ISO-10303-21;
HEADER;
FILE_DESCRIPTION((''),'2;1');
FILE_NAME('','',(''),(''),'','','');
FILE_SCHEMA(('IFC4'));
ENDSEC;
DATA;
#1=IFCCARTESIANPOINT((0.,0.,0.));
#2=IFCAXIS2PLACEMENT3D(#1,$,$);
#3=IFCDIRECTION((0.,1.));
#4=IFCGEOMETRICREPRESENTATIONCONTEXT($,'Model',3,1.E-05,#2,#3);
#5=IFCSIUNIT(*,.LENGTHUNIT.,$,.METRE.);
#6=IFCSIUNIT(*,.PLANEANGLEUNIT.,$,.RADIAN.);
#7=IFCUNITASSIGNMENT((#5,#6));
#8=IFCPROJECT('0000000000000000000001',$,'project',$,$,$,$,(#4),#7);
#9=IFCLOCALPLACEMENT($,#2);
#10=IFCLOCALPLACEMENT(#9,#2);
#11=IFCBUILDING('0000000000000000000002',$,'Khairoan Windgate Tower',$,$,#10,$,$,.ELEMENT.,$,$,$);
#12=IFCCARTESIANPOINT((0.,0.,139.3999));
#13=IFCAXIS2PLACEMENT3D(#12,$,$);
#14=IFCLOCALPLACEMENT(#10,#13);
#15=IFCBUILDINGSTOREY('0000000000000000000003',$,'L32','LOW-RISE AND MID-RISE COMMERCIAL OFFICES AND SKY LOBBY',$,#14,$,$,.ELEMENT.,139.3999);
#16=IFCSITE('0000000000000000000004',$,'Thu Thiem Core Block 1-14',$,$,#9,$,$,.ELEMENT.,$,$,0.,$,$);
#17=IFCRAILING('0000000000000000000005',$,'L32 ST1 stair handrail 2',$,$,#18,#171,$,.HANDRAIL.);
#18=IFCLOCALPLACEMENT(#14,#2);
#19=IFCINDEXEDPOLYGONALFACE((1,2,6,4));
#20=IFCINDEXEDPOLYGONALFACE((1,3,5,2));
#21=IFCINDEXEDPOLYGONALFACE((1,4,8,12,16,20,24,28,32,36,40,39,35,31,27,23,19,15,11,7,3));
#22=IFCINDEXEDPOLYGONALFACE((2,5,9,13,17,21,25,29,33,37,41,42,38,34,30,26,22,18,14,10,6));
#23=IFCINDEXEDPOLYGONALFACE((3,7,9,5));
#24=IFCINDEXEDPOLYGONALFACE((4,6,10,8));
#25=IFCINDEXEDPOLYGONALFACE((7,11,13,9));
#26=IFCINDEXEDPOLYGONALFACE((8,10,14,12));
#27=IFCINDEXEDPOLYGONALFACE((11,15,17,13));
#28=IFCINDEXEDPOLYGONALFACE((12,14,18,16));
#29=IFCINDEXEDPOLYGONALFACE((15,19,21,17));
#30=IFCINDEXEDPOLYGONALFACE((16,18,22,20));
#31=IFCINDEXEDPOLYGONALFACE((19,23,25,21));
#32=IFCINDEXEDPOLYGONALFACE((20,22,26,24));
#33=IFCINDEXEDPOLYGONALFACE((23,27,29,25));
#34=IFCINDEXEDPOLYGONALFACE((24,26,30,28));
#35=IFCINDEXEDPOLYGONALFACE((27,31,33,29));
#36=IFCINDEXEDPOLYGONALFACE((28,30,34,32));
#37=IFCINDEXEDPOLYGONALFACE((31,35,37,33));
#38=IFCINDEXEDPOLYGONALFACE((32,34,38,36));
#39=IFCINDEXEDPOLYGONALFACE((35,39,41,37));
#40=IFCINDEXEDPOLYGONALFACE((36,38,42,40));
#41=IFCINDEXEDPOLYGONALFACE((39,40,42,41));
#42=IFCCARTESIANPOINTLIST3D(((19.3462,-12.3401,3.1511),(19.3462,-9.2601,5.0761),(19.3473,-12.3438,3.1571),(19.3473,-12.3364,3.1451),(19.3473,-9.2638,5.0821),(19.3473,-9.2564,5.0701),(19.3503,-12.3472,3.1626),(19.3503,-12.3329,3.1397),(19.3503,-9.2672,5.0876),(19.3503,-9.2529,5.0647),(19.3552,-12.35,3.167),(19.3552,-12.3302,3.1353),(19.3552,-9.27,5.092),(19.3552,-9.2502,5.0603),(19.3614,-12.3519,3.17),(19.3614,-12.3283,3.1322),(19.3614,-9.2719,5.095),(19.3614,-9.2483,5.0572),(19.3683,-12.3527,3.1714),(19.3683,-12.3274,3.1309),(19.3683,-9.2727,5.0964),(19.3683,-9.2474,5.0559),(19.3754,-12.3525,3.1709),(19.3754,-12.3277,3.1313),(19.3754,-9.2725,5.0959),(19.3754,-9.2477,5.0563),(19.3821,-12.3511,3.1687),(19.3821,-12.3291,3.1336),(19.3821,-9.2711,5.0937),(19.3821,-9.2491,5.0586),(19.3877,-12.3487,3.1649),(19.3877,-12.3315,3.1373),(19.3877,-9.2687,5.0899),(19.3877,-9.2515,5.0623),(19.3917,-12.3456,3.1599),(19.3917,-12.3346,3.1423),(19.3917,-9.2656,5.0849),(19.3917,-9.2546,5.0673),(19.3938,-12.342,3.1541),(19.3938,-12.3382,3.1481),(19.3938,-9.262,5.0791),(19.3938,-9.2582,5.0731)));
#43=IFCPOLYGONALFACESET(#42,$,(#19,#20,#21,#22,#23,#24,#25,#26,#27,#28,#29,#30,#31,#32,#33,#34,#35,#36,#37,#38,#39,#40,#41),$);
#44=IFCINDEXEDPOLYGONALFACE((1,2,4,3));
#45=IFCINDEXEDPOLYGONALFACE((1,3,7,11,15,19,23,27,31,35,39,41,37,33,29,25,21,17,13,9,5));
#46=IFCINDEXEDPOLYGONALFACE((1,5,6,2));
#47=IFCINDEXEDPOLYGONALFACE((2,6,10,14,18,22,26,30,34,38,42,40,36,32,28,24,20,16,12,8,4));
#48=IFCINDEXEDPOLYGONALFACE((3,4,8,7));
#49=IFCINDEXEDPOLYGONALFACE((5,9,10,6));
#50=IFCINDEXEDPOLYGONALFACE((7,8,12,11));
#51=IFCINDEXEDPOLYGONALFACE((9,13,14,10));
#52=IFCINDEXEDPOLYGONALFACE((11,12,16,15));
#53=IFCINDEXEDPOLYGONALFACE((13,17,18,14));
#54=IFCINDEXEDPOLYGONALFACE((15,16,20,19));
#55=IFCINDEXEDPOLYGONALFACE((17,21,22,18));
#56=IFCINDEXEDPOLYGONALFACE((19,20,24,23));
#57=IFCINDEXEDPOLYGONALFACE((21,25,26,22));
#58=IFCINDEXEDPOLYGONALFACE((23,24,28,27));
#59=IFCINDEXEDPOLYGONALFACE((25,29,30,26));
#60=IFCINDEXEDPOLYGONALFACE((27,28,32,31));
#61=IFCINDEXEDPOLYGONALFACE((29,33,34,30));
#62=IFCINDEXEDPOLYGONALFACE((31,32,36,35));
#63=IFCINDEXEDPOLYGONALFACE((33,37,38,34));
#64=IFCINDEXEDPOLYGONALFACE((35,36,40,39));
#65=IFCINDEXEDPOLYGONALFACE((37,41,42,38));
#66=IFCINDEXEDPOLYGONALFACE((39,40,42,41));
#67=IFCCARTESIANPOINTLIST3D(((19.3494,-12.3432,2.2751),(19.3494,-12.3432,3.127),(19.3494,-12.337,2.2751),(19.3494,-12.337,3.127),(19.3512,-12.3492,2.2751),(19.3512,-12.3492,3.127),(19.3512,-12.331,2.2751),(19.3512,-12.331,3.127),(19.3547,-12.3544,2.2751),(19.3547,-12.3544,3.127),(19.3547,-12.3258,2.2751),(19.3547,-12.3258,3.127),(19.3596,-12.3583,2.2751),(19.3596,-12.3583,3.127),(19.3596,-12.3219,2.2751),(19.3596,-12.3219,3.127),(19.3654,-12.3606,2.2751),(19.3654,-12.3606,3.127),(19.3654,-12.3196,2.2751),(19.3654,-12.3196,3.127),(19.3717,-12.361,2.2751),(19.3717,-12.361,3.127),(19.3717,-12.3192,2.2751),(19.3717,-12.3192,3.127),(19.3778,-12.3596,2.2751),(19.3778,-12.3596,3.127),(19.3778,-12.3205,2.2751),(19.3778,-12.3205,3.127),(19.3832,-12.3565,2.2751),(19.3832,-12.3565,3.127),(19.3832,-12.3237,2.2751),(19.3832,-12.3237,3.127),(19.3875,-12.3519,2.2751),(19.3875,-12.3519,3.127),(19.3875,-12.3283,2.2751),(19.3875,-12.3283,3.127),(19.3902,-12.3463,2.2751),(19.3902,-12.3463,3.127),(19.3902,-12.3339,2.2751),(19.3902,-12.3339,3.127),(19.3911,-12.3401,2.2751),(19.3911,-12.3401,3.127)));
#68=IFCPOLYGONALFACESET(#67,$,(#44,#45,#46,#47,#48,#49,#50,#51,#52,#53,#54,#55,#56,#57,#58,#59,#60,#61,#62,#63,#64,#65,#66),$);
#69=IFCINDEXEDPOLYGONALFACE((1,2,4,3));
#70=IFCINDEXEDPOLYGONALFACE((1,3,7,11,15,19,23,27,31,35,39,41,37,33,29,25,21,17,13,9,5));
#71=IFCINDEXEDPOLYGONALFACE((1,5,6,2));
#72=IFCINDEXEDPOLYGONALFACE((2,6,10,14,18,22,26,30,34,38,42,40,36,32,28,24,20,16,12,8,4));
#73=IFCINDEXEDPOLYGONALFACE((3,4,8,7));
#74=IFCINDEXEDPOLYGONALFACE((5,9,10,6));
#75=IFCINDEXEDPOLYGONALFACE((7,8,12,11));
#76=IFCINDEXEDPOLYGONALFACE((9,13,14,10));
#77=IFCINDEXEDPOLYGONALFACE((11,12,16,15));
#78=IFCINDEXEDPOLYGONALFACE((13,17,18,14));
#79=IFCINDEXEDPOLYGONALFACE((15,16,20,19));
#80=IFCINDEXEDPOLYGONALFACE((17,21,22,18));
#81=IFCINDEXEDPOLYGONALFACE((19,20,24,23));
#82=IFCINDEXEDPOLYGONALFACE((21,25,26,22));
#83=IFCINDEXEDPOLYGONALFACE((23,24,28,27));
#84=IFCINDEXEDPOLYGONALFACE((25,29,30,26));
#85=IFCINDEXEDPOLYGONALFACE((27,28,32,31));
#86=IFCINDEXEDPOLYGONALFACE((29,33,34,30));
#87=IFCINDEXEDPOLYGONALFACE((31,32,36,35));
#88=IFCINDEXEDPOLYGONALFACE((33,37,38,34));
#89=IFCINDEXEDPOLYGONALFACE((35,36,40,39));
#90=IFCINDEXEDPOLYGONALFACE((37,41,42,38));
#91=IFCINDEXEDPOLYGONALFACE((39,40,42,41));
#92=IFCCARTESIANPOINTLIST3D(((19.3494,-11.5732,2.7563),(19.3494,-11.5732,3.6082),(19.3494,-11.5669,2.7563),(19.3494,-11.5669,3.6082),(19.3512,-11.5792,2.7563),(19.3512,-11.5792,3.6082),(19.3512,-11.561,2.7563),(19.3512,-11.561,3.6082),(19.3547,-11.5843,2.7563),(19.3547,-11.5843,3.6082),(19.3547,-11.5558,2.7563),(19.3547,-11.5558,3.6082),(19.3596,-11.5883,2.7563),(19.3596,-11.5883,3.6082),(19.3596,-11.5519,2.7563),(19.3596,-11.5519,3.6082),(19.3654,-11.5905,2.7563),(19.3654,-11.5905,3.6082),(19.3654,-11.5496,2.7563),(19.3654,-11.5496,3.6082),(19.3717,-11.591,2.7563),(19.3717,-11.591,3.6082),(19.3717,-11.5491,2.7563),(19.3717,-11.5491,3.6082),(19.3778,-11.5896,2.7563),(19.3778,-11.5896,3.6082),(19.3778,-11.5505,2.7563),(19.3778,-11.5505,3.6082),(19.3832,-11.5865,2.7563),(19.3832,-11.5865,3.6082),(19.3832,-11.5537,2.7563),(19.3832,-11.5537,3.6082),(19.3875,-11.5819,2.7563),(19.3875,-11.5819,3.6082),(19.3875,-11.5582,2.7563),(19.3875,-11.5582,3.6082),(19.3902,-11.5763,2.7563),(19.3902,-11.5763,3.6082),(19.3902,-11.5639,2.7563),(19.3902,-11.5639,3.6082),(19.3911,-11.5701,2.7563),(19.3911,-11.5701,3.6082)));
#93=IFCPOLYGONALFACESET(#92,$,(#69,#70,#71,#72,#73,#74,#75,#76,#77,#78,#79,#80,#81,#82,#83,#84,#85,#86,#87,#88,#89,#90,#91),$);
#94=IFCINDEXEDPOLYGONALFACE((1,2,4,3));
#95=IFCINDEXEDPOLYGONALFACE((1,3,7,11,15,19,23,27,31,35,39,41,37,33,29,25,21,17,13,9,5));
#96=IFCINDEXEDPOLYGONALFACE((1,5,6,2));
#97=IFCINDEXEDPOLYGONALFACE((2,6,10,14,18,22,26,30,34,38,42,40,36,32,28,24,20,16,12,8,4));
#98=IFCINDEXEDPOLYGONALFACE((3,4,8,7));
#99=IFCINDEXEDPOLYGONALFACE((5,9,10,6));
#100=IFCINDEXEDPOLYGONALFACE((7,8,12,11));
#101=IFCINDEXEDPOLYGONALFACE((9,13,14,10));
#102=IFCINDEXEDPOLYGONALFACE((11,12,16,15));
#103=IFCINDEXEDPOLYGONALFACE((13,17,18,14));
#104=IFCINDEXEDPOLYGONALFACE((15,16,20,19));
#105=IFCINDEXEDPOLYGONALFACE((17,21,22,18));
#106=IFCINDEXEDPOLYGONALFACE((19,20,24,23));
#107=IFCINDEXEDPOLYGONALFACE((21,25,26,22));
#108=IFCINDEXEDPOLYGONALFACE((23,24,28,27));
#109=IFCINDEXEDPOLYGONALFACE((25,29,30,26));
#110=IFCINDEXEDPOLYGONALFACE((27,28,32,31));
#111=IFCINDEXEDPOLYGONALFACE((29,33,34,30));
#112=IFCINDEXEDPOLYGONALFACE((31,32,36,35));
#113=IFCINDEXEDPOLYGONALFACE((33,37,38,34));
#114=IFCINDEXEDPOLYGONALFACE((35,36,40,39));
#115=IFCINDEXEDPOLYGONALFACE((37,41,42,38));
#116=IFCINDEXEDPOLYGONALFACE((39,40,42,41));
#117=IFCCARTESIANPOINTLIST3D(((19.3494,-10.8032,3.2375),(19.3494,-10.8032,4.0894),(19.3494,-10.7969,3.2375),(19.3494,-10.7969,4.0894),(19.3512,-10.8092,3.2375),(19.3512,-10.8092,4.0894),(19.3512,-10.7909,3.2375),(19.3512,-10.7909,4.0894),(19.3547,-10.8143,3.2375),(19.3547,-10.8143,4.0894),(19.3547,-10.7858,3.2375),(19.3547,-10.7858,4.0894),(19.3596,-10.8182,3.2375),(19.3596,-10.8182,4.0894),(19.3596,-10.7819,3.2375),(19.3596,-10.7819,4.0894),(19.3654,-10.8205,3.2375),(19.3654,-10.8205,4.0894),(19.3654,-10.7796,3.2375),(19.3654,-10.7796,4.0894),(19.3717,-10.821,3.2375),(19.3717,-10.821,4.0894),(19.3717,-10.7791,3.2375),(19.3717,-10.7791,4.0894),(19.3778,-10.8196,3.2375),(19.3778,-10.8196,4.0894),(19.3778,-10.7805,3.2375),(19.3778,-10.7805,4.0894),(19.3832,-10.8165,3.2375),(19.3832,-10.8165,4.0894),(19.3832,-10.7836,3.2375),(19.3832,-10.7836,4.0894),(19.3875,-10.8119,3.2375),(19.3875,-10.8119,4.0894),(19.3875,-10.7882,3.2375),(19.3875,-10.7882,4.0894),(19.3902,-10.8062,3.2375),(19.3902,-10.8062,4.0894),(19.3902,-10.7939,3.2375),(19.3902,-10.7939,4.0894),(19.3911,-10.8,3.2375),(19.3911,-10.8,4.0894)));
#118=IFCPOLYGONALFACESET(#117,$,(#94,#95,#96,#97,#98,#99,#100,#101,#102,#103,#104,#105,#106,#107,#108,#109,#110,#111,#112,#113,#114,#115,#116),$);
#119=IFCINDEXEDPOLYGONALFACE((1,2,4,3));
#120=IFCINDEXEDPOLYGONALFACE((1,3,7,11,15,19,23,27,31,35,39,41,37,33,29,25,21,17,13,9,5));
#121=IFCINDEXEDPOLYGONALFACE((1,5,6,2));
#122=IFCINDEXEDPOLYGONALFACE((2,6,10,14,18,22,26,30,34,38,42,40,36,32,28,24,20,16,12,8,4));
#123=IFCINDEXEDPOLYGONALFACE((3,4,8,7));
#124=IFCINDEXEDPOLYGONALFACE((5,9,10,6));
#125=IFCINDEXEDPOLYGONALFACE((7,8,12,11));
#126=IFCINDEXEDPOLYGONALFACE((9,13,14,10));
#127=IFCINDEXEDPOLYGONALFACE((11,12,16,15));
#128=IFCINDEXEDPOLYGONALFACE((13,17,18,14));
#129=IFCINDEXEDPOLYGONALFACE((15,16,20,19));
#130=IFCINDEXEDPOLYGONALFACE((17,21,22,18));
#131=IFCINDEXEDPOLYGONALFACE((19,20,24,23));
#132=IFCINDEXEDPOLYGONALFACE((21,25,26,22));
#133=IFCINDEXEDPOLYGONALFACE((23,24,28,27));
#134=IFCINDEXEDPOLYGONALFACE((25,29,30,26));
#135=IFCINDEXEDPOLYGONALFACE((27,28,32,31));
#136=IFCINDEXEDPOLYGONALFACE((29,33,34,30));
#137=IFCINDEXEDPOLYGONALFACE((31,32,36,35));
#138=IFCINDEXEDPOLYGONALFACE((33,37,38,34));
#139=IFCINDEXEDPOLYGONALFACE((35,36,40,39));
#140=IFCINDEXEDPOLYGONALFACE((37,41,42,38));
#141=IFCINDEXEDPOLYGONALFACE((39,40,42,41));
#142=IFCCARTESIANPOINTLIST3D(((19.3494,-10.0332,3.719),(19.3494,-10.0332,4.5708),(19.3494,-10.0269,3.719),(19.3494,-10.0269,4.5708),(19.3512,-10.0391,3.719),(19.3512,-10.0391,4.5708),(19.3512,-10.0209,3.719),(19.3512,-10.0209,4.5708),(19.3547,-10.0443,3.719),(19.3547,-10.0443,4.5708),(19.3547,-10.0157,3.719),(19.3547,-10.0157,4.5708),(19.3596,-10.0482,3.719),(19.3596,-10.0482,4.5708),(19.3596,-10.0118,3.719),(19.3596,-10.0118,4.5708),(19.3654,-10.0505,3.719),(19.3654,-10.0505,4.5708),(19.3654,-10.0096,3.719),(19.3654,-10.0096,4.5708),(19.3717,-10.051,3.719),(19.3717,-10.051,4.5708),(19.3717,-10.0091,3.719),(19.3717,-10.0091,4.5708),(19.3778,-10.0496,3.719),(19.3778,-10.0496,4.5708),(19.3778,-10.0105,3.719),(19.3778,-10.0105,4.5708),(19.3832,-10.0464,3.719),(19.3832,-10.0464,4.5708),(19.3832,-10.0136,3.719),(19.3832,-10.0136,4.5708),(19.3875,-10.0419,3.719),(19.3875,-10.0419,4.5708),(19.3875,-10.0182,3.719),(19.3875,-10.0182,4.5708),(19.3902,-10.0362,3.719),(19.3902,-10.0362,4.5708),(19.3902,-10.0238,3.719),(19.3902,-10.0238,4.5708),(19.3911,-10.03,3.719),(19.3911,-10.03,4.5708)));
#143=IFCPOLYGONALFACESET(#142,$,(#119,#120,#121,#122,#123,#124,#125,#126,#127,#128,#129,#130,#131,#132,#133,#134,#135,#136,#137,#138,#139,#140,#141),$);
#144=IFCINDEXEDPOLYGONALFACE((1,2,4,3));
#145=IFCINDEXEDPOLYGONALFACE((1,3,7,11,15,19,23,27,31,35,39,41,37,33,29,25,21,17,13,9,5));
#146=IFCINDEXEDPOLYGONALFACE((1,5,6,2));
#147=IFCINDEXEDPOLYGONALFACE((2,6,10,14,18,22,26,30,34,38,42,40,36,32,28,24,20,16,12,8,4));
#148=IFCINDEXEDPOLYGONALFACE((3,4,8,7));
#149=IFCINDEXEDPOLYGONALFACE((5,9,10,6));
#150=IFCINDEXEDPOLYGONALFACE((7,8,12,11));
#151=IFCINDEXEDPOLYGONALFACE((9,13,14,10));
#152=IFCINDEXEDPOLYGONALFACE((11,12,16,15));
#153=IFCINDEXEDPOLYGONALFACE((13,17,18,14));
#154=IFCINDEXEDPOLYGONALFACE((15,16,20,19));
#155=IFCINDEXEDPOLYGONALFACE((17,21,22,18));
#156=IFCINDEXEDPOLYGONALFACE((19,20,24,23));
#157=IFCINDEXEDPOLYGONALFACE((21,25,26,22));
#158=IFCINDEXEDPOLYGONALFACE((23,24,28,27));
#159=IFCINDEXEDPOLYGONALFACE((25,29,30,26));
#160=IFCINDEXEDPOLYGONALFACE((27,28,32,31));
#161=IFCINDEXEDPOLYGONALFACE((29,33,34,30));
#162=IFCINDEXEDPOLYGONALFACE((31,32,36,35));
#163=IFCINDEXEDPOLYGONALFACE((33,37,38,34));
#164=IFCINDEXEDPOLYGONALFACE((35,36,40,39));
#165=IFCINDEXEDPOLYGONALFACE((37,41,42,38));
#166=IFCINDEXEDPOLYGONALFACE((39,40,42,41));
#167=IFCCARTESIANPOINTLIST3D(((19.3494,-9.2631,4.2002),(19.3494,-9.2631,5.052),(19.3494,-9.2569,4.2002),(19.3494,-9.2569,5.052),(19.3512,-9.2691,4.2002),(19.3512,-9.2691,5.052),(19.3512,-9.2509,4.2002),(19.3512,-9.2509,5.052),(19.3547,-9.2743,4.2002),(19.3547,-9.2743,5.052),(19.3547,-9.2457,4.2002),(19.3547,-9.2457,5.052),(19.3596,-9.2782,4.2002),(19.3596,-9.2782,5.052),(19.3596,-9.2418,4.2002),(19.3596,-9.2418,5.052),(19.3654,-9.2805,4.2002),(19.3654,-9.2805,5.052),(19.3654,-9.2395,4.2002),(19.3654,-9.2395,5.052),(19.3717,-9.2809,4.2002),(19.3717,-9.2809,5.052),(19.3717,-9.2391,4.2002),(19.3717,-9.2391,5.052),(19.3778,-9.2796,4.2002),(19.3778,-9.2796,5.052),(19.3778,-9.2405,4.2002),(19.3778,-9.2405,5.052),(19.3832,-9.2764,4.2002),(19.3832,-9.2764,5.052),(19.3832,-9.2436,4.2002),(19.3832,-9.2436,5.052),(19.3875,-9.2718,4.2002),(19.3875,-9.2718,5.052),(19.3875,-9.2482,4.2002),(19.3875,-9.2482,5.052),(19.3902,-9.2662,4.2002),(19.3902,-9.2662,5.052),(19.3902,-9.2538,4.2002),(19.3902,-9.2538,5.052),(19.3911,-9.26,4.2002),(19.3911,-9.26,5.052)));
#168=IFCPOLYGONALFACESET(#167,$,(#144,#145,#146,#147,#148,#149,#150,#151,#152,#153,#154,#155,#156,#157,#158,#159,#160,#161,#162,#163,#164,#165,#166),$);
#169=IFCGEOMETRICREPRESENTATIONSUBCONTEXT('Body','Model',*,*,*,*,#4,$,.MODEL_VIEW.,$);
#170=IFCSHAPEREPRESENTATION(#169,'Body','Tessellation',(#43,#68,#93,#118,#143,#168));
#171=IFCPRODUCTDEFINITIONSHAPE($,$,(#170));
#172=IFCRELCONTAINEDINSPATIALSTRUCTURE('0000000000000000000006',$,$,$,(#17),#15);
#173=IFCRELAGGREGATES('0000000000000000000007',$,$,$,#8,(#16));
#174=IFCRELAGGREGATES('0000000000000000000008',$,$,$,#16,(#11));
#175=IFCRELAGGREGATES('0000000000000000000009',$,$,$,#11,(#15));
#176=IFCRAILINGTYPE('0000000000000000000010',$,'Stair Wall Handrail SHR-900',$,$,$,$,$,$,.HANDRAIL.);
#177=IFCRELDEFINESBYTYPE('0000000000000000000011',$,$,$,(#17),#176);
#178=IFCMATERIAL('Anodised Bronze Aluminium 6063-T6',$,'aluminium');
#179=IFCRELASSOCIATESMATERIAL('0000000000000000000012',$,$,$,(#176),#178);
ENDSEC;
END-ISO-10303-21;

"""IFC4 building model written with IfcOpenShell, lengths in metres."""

from ifc_helpers import new_model, si_unit, direction, frame, origin, origin_2d, place, context, subcontext, project, spatial, circle, extrude, material, type_object, element, save


model = new_model("IFC4")

# Units and contexts
model_context = context("Model", 3, precision=1e-05, world=origin(), true_north=direction((0.0, 1.0)))
body_context = subcontext(model_context, "Body", "Model", "MODEL_VIEW")
ifc_project = project(units=[si_unit("LENGTHUNIT", "METRE"), si_unit("PLANEANGLEUNIT", "RADIAN")], contexts=[model_context])

# Site, building, storey
site_placement = place(None, origin())
site = spatial("IfcSite", under=ifc_project, at=site_placement, Name="Thu Thiem Core Block 1-14", CompositionType="ELEMENT", RefElevation=0.0)
building_placement = place(site_placement, origin())
building = spatial("IfcBuilding", under=site, at=building_placement, Name="Khairoan Windgate Tower", CompositionType="ELEMENT")
storey_placement = place(building_placement, frame((0.0, 0.0, 139.3999)))
storey = spatial("IfcBuildingStorey", under=building, at=storey_placement, Name="L32", Description="LOW-RISE AND MID-RISE COMMERCIAL OFFICES AND SKY LOBBY", CompositionType="ELEMENT", Elevation=139.3999)

# Railing
ifc_material_1 = material(Name="Anodised Bronze Aluminium 6063-T6", Category="aluminium")
railing_type_1 = type_object("IfcRailingType", Name="Stair Wall Handrail SHR-900", PredefinedType="HANDRAIL", material=ifc_material_1)
railing_1_placement = place(storey_placement, frame((19.3701, -12.3401, 2.2751)))
element("IfcRailing", 1, at=railing_1_placement, inside=storey, type_object=railing_type_1, Name="L32 ST1 stair handrail 2", PredefinedType="HANDRAIL", context=body_context, shape_type="SweptSolid", body=[
    extrude(circle(Radius=0.0239, at=origin_2d()), frame((0.0, 0.0, 0.876), z_axis=(0.0, 0.847998, 0.529999), x_axis=(-1.0, 0.0, 0.0)), (0.0, 0.0, 1.0), 3.6321),
    extrude(circle(Radius=0.021, at=origin_2d()), origin(), (0.0, 0.0, 1.0), 0.8518),
    extrude(circle(Radius=0.021, at=origin_2d()), frame((0.0, 0.77, 0.4812)), (0.0, 0.0, 1.0), 0.8518),
    extrude(circle(Radius=0.021, at=origin_2d()), frame((0.0, 1.54, 0.9624)), (0.0, 0.0, 1.0), 0.8518),
    extrude(circle(Radius=0.021, at=origin_2d()), frame((0.0, 2.3101, 1.4438)), (0.0, 0.0, 1.0), 0.8518),
    extrude(circle(Radius=0.021, at=origin_2d()), frame((0.0, 3.0801, 1.925)), (0.0, 0.0, 1.0), 0.8518),
])

save(model, "model.ifc")
